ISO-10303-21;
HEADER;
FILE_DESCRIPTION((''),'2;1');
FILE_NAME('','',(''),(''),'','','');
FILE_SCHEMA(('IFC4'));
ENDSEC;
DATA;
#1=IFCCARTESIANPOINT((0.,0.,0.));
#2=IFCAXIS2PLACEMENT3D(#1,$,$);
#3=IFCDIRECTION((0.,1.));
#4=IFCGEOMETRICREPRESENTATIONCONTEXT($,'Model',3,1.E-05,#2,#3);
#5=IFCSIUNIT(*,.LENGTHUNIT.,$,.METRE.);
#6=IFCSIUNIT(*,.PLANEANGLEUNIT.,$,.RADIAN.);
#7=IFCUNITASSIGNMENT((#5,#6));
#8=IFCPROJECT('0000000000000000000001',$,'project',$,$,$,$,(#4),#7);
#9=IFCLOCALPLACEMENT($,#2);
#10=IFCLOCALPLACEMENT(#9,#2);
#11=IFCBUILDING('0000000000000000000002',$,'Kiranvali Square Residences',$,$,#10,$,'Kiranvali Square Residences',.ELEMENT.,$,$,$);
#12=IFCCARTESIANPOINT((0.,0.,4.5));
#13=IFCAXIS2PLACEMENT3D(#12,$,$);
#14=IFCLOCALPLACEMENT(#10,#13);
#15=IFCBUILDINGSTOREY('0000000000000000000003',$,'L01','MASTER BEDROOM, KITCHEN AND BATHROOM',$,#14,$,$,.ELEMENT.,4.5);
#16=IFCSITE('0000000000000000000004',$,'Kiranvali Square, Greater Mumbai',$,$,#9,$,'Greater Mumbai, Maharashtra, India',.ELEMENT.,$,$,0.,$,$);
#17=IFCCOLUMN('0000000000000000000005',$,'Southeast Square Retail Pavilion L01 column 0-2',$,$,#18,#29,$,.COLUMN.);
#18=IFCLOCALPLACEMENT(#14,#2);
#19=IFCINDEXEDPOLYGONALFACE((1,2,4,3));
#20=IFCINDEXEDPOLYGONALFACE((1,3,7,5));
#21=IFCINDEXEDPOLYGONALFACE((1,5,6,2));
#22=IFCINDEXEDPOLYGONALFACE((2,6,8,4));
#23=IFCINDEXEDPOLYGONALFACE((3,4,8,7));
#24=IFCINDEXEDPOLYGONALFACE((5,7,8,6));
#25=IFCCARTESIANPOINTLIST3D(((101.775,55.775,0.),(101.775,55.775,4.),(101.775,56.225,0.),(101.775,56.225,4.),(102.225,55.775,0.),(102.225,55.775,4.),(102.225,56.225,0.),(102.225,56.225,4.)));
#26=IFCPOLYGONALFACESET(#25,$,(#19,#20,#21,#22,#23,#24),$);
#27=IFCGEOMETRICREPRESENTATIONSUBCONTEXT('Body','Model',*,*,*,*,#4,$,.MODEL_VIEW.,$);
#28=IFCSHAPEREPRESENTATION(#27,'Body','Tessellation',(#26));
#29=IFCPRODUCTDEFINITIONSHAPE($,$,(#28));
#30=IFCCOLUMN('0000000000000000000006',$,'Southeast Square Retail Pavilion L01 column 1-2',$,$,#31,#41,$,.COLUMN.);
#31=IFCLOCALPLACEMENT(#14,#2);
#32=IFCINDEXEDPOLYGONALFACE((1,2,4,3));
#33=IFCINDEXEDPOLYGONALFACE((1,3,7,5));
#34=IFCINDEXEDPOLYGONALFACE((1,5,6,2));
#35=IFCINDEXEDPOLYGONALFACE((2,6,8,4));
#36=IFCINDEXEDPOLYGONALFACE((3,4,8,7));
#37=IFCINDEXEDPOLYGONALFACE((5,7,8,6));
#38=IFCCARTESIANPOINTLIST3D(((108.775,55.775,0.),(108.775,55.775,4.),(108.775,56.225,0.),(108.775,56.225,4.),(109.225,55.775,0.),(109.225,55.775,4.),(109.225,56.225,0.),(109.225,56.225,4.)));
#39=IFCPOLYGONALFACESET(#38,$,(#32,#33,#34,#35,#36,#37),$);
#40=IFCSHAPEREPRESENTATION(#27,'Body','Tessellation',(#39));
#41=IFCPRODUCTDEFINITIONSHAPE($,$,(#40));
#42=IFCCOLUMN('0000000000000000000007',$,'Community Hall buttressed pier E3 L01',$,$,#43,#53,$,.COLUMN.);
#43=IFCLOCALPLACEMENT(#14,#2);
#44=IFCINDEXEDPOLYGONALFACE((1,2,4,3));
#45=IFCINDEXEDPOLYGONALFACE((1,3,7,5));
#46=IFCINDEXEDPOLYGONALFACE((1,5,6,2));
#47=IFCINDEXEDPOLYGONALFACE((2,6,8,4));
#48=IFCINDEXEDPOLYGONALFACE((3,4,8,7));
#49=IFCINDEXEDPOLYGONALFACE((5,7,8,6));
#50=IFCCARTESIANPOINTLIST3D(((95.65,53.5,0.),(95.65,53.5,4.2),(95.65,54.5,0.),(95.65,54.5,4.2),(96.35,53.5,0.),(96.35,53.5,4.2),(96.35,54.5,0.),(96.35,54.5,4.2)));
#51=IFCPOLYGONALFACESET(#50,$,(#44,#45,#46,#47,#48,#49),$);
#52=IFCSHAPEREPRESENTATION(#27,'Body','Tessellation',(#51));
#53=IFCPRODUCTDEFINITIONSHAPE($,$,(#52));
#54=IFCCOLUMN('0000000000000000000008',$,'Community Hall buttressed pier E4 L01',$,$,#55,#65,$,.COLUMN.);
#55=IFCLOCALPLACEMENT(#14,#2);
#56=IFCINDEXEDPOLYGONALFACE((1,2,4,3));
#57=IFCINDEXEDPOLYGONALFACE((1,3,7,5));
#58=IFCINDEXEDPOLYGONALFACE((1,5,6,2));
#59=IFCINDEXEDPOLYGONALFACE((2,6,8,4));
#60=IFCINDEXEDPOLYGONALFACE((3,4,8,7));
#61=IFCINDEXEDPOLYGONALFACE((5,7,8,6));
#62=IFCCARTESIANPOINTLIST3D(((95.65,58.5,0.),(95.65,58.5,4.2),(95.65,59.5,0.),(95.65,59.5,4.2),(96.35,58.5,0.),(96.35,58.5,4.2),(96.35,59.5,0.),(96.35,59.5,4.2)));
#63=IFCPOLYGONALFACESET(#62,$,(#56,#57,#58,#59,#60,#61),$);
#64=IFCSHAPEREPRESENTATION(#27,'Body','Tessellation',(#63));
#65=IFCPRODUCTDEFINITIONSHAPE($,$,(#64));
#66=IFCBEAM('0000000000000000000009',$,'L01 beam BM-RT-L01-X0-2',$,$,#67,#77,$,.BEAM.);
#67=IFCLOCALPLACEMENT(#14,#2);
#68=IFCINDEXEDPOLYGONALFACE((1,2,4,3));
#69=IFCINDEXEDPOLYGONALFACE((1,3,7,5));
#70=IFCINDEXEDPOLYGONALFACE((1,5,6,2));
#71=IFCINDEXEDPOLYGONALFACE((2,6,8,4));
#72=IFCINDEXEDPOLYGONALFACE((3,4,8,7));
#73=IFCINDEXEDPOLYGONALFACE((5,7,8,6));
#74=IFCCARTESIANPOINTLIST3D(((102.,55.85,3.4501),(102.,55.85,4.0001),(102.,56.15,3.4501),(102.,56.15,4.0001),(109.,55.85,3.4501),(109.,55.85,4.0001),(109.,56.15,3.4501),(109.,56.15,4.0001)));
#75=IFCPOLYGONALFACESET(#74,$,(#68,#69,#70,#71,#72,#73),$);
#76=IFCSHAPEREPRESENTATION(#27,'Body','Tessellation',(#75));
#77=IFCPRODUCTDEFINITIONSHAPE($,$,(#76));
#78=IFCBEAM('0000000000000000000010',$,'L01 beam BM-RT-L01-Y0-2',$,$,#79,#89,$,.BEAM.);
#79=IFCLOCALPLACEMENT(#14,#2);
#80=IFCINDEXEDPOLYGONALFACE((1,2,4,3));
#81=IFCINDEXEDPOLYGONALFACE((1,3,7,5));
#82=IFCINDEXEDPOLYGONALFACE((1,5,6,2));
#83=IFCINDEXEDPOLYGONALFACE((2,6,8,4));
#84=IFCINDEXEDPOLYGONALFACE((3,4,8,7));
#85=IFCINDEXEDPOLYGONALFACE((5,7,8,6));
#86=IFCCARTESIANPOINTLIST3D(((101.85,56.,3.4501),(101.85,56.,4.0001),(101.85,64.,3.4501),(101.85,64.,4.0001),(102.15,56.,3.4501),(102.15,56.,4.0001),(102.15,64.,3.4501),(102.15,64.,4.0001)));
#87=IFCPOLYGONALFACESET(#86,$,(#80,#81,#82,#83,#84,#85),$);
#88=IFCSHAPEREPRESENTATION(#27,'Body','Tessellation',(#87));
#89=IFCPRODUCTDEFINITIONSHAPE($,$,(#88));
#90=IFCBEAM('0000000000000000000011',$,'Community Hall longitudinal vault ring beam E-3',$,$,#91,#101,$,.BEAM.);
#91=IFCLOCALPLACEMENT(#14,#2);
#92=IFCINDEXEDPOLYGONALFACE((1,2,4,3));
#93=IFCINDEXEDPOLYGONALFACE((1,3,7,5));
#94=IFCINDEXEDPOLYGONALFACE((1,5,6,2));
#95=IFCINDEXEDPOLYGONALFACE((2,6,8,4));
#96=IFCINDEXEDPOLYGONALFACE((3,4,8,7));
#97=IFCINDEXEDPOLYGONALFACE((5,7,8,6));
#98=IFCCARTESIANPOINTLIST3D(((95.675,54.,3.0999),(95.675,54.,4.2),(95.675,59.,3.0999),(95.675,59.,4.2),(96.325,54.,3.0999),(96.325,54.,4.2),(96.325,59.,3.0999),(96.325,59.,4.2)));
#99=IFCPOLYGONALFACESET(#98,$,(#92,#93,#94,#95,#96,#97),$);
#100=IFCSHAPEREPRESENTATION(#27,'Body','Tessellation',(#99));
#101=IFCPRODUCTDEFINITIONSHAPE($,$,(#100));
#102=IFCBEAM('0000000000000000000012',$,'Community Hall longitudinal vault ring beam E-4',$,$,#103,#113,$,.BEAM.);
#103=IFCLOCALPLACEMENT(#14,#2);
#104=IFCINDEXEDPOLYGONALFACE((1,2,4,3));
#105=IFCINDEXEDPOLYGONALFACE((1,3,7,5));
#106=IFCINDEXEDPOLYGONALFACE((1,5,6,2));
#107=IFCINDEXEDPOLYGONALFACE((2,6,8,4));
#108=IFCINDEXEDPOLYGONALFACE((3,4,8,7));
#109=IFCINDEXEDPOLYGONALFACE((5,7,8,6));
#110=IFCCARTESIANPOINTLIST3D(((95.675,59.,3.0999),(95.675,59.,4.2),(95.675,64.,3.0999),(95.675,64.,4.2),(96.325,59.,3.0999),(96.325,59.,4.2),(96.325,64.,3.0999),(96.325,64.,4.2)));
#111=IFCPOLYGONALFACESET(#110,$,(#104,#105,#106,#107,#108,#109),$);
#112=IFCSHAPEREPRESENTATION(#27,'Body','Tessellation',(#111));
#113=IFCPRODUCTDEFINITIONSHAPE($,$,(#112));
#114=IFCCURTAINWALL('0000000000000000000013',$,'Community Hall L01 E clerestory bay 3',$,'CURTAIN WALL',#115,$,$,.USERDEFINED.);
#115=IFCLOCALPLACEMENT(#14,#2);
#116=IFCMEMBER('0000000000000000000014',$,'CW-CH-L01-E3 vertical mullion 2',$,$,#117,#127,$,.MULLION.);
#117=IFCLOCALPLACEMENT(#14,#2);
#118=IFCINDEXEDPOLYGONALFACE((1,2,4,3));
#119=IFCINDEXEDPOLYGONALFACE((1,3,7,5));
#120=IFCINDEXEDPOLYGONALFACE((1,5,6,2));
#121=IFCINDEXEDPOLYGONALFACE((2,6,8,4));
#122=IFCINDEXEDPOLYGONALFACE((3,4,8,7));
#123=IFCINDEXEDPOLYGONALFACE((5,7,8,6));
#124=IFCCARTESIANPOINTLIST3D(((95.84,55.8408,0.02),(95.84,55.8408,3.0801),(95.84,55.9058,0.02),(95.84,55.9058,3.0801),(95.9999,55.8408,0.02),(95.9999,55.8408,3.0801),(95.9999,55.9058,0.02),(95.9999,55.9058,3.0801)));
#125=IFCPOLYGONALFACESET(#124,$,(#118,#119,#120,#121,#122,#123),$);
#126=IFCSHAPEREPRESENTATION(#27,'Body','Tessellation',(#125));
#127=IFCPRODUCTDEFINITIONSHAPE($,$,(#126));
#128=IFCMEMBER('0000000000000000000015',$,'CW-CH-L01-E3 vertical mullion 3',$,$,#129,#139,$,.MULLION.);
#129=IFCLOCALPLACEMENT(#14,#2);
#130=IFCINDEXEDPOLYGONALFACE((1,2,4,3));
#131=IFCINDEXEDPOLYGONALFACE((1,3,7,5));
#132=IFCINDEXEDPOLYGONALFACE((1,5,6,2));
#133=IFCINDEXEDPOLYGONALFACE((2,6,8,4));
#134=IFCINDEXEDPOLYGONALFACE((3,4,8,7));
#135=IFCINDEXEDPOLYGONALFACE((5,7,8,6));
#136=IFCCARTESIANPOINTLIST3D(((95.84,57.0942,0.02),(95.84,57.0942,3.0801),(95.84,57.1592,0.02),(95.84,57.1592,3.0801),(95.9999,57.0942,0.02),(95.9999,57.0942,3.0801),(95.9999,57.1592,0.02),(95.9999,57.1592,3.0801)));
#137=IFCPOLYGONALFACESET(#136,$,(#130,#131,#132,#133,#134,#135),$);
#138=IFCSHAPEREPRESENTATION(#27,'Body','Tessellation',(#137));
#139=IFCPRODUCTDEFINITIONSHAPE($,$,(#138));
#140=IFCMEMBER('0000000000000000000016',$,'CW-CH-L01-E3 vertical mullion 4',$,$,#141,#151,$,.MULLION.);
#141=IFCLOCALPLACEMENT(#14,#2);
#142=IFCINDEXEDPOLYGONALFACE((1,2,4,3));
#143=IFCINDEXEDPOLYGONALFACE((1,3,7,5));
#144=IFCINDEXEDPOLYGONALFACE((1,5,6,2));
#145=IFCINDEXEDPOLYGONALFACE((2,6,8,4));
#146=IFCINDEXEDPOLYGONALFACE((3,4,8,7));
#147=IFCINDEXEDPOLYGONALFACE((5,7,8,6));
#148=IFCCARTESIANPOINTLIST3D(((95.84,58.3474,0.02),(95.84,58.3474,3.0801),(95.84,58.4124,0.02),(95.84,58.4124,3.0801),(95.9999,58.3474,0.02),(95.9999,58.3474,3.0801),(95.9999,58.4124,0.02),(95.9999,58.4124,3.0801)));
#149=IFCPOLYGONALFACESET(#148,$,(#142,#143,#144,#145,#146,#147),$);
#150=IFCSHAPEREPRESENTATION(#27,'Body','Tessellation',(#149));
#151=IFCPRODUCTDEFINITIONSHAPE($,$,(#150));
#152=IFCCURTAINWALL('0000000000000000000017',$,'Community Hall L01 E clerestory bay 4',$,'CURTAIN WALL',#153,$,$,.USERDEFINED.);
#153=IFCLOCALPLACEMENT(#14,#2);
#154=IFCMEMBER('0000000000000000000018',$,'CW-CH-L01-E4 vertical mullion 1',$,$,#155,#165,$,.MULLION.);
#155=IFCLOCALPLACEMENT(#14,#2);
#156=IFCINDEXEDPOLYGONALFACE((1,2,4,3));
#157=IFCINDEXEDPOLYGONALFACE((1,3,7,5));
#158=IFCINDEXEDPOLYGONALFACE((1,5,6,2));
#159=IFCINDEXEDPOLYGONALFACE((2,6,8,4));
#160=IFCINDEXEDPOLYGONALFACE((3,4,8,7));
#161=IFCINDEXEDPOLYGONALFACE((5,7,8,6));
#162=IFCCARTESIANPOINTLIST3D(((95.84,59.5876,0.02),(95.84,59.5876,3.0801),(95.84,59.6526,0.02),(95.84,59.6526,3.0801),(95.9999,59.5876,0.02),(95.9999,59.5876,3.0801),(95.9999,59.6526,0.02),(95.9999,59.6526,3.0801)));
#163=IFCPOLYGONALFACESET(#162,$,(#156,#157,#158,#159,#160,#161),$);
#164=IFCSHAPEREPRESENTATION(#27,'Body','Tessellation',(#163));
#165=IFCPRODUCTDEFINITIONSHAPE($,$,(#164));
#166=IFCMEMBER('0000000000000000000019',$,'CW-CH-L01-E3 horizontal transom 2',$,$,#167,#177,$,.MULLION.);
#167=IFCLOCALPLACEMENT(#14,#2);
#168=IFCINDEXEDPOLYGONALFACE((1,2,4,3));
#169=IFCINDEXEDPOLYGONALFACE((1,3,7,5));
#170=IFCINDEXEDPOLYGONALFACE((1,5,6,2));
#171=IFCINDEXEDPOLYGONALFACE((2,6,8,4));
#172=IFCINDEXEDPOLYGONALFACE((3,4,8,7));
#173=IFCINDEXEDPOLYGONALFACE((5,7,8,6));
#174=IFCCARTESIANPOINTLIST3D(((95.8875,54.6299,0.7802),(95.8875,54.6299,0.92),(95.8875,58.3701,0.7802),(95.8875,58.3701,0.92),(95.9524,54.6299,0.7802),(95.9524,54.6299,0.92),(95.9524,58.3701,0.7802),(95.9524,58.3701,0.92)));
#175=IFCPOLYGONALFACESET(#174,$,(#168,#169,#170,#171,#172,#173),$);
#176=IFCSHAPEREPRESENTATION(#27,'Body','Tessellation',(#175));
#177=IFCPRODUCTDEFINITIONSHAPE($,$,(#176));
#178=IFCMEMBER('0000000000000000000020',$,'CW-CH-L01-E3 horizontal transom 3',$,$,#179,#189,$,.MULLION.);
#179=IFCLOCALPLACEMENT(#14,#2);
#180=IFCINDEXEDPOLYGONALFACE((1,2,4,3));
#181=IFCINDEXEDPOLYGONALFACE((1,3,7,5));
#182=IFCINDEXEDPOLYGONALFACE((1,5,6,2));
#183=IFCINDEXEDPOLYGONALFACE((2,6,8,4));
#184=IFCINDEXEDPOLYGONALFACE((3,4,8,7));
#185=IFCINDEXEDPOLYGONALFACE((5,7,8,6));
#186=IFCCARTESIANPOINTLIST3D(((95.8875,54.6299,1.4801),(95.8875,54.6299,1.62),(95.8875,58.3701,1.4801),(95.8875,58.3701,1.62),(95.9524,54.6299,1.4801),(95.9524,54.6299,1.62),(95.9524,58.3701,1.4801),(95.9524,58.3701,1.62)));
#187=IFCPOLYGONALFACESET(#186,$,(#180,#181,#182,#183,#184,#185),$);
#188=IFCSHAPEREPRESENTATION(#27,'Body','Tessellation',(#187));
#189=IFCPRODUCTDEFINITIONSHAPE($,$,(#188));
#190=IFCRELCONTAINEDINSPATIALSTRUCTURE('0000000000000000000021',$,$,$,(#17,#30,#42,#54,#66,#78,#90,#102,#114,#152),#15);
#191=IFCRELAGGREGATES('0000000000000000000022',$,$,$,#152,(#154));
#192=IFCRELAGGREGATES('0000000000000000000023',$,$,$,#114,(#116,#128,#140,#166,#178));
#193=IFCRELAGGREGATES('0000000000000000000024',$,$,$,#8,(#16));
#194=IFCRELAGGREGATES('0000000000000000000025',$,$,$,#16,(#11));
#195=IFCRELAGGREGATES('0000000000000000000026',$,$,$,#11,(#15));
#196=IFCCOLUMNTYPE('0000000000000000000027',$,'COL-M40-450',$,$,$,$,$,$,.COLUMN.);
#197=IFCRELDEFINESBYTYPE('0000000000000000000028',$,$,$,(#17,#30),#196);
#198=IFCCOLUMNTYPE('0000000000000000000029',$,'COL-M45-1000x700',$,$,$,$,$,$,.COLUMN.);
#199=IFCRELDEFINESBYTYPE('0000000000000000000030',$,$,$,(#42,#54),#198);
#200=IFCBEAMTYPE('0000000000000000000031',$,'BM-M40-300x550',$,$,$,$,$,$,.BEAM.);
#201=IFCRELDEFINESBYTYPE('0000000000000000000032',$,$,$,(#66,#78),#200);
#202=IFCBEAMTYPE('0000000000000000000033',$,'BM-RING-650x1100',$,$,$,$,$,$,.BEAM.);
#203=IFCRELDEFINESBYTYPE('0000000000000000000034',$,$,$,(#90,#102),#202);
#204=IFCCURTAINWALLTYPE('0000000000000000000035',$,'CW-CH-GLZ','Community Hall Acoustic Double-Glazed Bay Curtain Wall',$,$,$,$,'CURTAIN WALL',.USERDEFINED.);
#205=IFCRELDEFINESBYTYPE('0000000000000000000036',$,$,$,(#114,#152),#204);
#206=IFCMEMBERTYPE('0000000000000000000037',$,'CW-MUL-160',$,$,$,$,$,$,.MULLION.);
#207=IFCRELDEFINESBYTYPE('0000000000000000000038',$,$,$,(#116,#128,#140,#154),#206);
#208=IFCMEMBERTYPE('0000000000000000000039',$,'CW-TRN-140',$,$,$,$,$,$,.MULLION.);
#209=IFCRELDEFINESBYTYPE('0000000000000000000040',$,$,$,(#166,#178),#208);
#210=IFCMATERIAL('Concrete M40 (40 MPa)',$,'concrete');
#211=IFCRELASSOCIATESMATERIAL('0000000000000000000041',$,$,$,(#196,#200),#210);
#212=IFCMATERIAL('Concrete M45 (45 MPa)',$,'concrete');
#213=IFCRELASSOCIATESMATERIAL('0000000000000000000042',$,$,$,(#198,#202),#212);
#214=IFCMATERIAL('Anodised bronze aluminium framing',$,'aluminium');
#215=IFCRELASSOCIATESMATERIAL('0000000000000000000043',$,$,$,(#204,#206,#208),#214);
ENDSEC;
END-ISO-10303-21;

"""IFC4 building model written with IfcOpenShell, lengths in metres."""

from ifc_helpers import new_model, si_unit, direction, frame, origin, origin_2d, place, context, subcontext, project, spatial, rectangle, extrude, material, material_profile, profile_set, type_object, element, aggregate, save


model = new_model("IFC4")

# Units and contexts
model_context = context("Model", 3, precision=1e-05, world=origin(), true_north=direction((0.0, 1.0)))
body_context = subcontext(model_context, "Body", "Model", "MODEL_VIEW")
ifc_project = project(units=[si_unit("LENGTHUNIT", "METRE"), si_unit("PLANEANGLEUNIT", "RADIAN")], contexts=[model_context])

# Site, building, storey
site_placement = place(None, origin())
site = spatial("IfcSite", under=ifc_project, at=site_placement, Name="Kiranvali Square, Greater Mumbai", LongName="Greater Mumbai, Maharashtra, India", CompositionType="ELEMENT", RefElevation=0.0)
building_placement = place(site_placement, origin())
building = spatial("IfcBuilding", under=site, at=building_placement, Name="Kiranvali Square Residences", LongName="Kiranvali Square Residences", CompositionType="ELEMENT")
storey_placement = place(building_placement, frame((0.0, 0.0, 4.5)))
storey = spatial("IfcBuildingStorey", under=building, at=storey_placement, Name="L01", Description="MASTER BEDROOM, KITCHEN AND BATHROOM", CompositionType="ELEMENT", Elevation=4.5)

# Columns
ifc_material_1 = material(Name="Concrete M40 (40 MPa)", Category="concrete")
ifc_material_profile_1 = material_profile(ifc_material_1, rectangle(XDim=0.45, YDim=0.45, at=origin_2d()), Name="RC 450x450")
ifc_profile_set_1 = profile_set([ifc_material_profile_1], Name="Concrete M40 (40 MPa)")
column_type_1 = type_object("IfcColumnType", Name="COL-M40-450", PredefinedType="COLUMN", material=ifc_profile_set_1)
for number, where, z_axis, x_axis, name in (
    (1, (102.0, 56.0, 0.0), (0.0, 0.0, 1.0), (1.0, 0.0, 0.0), "Southeast Square Retail Pavilion L01 column 0-2"),
    (2, (109.0, 56.0, 0.0), (0.0, 0.0, 1.0), (1.0, 0.0, 0.0), "Southeast Square Retail Pavilion L01 column 1-2"),
):
    element("IfcColumn", number, at=place(storey_placement, frame(where, z_axis=z_axis, x_axis=x_axis)), inside=storey, type_object=column_type_1, Name=name, PredefinedType="COLUMN", context=body_context, shape_type="SweptSolid", body=[
        extrude(rectangle(XDim=0.45, YDim=0.45, at=origin_2d()), origin(), (0.0, 0.0, 1.0), 4.0),
    ])
ifc_material_2 = material(Name="Concrete M45 (45 MPa)", Category="concrete")
ifc_material_profile_2 = material_profile(ifc_material_2, rectangle(XDim=0.7, YDim=1.0, at=origin_2d()), Name="RC 1000x700")
ifc_profile_set_2 = profile_set([ifc_material_profile_2], Name="Concrete M45 (45 MPa)")
column_type_2 = type_object("IfcColumnType", Name="COL-M45-1000x700", PredefinedType="COLUMN", material=ifc_profile_set_2)
for number, where, z_axis, x_axis, name in (
    (3, (96.0, 54.0, 0.0), (0.0, 0.0, 1.0), (1.0, 0.0, 0.0), "Community Hall buttressed pier E3 L01"),
    (4, (96.0, 59.0, 0.0), (0.0, 0.0, 1.0), (1.0, 0.0, 0.0), "Community Hall buttressed pier E4 L01"),
):
    element("IfcColumn", number, at=place(storey_placement, frame(where, z_axis=z_axis, x_axis=x_axis)), inside=storey, type_object=column_type_2, Name=name, PredefinedType="COLUMN", context=body_context, shape_type="SweptSolid", body=[
        extrude(rectangle(XDim=0.7, YDim=1.0, at=origin_2d()), origin(), (0.0, 0.0, 1.0), 4.2),
    ])

# Beams
ifc_material_profile_3 = material_profile(ifc_material_1, rectangle(XDim=0.3, YDim=0.55, at=origin_2d()), Name="RC 300x550")
ifc_profile_set_3 = profile_set([ifc_material_profile_3], Name="Concrete M40 (40 MPa)")
beam_type_1 = type_object("IfcBeamType", Name="BM-M40-300x550", PredefinedType="BEAM", material=ifc_profile_set_3)
beam_1_placement = place(storey_placement, frame((102.0, 56.0, 3.7251), z_axis=(1.0, 0.0, 0.0), x_axis=(0.0, 1.0, 0.0)))
element("IfcBeam", 5, at=beam_1_placement, inside=storey, type_object=beam_type_1, Name="L01 beam BM-RT-L01-X0-2", PredefinedType="BEAM", context=body_context, shape_type="SweptSolid", body=[
    extrude(rectangle(XDim=0.3, YDim=0.55, at=origin_2d()), origin(), (0.0, 0.0, 1.0), 7.0),
])
beam_2_placement = place(storey_placement, frame((102.0, 56.0, 3.7251), z_axis=(0.0, 1.0, 0.0), x_axis=(-1.0, 0.0, 0.0)))
element("IfcBeam", 6, at=beam_2_placement, inside=storey, type_object=beam_type_1, Name="L01 beam BM-RT-L01-Y0-2", PredefinedType="BEAM", context=body_context, shape_type="SweptSolid", body=[
    extrude(rectangle(XDim=0.3, YDim=0.55, at=origin_2d()), origin(), (0.0, 0.0, 1.0), 8.0),
])
ifc_material_profile_4 = material_profile(ifc_material_2, rectangle(XDim=0.6499, YDim=1.1001, at=origin_2d()), Name="RC 650x1100")
ifc_profile_set_4 = profile_set([ifc_material_profile_4], Name="Concrete M45 (45 MPa)")
beam_type_2 = type_object("IfcBeamType", Name="BM-RING-650x1100", PredefinedType="BEAM", material=ifc_profile_set_4)
for number, where, z_axis, x_axis, name in (
    (7, (96.0, 54.0, 3.6499), (0.0, 1.0, 0.0), (-1.0, 0.0, 0.0), "Community Hall longitudinal vault ring beam E-3"),
    (8, (96.0, 59.0, 3.6499), (0.0, 1.0, 0.0), (-1.0, 0.0, 0.0), "Community Hall longitudinal vault ring beam E-4"),
):
    element("IfcBeam", number, at=place(storey_placement, frame(where, z_axis=z_axis, x_axis=x_axis)), inside=storey, type_object=beam_type_2, Name=name, PredefinedType="BEAM", context=body_context, shape_type="SweptSolid", body=[
        extrude(rectangle(XDim=0.6499, YDim=1.1001, at=origin_2d()), origin(), (0.0, 0.0, 1.0), 5.0),
    ])

# Curtain wall, members
ifc_material_3 = material(Name="Anodised bronze aluminium framing", Category="aluminium")
curtain_wall_type = type_object("IfcCurtainWallType", Name="CW-CH-GLZ", Description="Community Hall Acoustic Double-Glazed Bay Curtain Wall", ElementType="CURTAIN WALL", PredefinedType="USERDEFINED", material=ifc_material_3)
curtain_wall_1_placement = place(storey_placement, origin())
curtain_wall_1 = element("IfcCurtainWall", 9, at=curtain_wall_1_placement, inside=storey, type_object=curtain_wall_type, Name="Community Hall L01 E clerestory bay 3", ObjectType="CURTAIN WALL", PredefinedType="USERDEFINED")
ifc_material_profile_5 = material_profile(ifc_material_3, rectangle(XDim=0.0649, YDim=0.1599, at=origin_2d()), Name="ALU 65x160")
ifc_profile_set_5 = profile_set([ifc_material_profile_5], Name="Anodised bronze aluminium framing")
member_type_1 = type_object("IfcMemberType", Name="CW-MUL-160", PredefinedType="MULLION", material=ifc_profile_set_5)
member_1_placement = place(storey_placement, frame((95.9199, 55.8733, 0.02), z_axis=(0.0, 0.0, 1.0), x_axis=(0.0, 1.0, 0.0)))
member_1 = element("IfcMember", 10, at=member_1_placement, type_object=member_type_1, Name="CW-CH-L01-E3 vertical mullion 2", PredefinedType="MULLION", context=body_context, shape_type="SweptSolid", body=[
    extrude(rectangle(XDim=0.0649, YDim=0.1599, at=origin_2d()), origin(), (0.0, 0.0, 1.0), 3.0601),
])
member_2_placement = place(storey_placement, frame((95.9199, 57.1267, 0.02), z_axis=(0.0, 0.0, 1.0), x_axis=(0.0, 1.0, 0.0)))
member_2 = element("IfcMember", 11, at=member_2_placement, type_object=member_type_1, Name="CW-CH-L01-E3 vertical mullion 3", PredefinedType="MULLION", context=body_context, shape_type="SweptSolid", body=[
    extrude(rectangle(XDim=0.0649, YDim=0.1599, at=origin_2d()), origin(), (0.0, 0.0, 1.0), 3.0601),
])
member_3_placement = place(storey_placement, frame((95.9199, 58.3799, 0.02), z_axis=(0.0, 0.0, 1.0), x_axis=(0.0, 1.0, 0.0)))
member_3 = element("IfcMember", 12, at=member_3_placement, type_object=member_type_1, Name="CW-CH-L01-E3 vertical mullion 4", PredefinedType="MULLION", context=body_context, shape_type="SweptSolid", body=[
    extrude(rectangle(XDim=0.0649, YDim=0.1599, at=origin_2d()), origin(), (0.0, 0.0, 1.0), 3.0601),
])

# Curtain wall, member
curtain_wall_2_placement = place(storey_placement, origin())
curtain_wall_2 = element("IfcCurtainWall", 13, at=curtain_wall_2_placement, inside=storey, type_object=curtain_wall_type, Name="Community Hall L01 E clerestory bay 4", ObjectType="CURTAIN WALL", PredefinedType="USERDEFINED")
member_4_placement = place(storey_placement, frame((95.9199, 59.6201, 0.02), z_axis=(0.0, 0.0, 1.0), x_axis=(0.0, 1.0, 0.0)))
member_4 = element("IfcMember", 14, at=member_4_placement, type_object=member_type_1, Name="CW-CH-L01-E4 vertical mullion 1", PredefinedType="MULLION", context=body_context, shape_type="SweptSolid", body=[
    extrude(rectangle(XDim=0.0649, YDim=0.1599, at=origin_2d()), origin(), (0.0, 0.0, 1.0), 3.0601),
])

# Members
ifc_material_profile_6 = material_profile(ifc_material_3, rectangle(XDim=0.0649, YDim=0.1399, at=origin_2d()), Name="ALU 65x140")
ifc_profile_set_6 = profile_set([ifc_material_profile_6], Name="Anodised bronze aluminium framing")
member_type_2 = type_object("IfcMemberType", Name="CW-TRN-140", PredefinedType="MULLION", material=ifc_profile_set_6)
member_5_placement = place(storey_placement, frame((95.9199, 54.6299, 0.8501), z_axis=(0.0, 1.0, 0.0), x_axis=(-1.0, 0.0, 0.0)))
member_5 = element("IfcMember", 15, at=member_5_placement, type_object=member_type_2, Name="CW-CH-L01-E3 horizontal transom 2", PredefinedType="MULLION", context=body_context, shape_type="SweptSolid", body=[
    extrude(rectangle(XDim=0.0649, YDim=0.1399, at=origin_2d()), origin(), (0.0, 0.0, 1.0), 3.7402),
])
member_6_placement = place(storey_placement, frame((95.9199, 54.6299, 1.55), z_axis=(0.0, 1.0, 0.0), x_axis=(-1.0, 0.0, 0.0)))
member_6 = element("IfcMember", 16, at=member_6_placement, type_object=member_type_2, Name="CW-CH-L01-E3 horizontal transom 3", PredefinedType="MULLION", context=body_context, shape_type="SweptSolid", body=[
    extrude(rectangle(XDim=0.0649, YDim=0.1399, at=origin_2d()), origin(), (0.0, 0.0, 1.0), 3.7402),
])
aggregate(curtain_wall_2, [member_4])

aggregate(curtain_wall_1, [member_1, member_2, member_3, member_5, member_6])

save(model, "model.ifc")
